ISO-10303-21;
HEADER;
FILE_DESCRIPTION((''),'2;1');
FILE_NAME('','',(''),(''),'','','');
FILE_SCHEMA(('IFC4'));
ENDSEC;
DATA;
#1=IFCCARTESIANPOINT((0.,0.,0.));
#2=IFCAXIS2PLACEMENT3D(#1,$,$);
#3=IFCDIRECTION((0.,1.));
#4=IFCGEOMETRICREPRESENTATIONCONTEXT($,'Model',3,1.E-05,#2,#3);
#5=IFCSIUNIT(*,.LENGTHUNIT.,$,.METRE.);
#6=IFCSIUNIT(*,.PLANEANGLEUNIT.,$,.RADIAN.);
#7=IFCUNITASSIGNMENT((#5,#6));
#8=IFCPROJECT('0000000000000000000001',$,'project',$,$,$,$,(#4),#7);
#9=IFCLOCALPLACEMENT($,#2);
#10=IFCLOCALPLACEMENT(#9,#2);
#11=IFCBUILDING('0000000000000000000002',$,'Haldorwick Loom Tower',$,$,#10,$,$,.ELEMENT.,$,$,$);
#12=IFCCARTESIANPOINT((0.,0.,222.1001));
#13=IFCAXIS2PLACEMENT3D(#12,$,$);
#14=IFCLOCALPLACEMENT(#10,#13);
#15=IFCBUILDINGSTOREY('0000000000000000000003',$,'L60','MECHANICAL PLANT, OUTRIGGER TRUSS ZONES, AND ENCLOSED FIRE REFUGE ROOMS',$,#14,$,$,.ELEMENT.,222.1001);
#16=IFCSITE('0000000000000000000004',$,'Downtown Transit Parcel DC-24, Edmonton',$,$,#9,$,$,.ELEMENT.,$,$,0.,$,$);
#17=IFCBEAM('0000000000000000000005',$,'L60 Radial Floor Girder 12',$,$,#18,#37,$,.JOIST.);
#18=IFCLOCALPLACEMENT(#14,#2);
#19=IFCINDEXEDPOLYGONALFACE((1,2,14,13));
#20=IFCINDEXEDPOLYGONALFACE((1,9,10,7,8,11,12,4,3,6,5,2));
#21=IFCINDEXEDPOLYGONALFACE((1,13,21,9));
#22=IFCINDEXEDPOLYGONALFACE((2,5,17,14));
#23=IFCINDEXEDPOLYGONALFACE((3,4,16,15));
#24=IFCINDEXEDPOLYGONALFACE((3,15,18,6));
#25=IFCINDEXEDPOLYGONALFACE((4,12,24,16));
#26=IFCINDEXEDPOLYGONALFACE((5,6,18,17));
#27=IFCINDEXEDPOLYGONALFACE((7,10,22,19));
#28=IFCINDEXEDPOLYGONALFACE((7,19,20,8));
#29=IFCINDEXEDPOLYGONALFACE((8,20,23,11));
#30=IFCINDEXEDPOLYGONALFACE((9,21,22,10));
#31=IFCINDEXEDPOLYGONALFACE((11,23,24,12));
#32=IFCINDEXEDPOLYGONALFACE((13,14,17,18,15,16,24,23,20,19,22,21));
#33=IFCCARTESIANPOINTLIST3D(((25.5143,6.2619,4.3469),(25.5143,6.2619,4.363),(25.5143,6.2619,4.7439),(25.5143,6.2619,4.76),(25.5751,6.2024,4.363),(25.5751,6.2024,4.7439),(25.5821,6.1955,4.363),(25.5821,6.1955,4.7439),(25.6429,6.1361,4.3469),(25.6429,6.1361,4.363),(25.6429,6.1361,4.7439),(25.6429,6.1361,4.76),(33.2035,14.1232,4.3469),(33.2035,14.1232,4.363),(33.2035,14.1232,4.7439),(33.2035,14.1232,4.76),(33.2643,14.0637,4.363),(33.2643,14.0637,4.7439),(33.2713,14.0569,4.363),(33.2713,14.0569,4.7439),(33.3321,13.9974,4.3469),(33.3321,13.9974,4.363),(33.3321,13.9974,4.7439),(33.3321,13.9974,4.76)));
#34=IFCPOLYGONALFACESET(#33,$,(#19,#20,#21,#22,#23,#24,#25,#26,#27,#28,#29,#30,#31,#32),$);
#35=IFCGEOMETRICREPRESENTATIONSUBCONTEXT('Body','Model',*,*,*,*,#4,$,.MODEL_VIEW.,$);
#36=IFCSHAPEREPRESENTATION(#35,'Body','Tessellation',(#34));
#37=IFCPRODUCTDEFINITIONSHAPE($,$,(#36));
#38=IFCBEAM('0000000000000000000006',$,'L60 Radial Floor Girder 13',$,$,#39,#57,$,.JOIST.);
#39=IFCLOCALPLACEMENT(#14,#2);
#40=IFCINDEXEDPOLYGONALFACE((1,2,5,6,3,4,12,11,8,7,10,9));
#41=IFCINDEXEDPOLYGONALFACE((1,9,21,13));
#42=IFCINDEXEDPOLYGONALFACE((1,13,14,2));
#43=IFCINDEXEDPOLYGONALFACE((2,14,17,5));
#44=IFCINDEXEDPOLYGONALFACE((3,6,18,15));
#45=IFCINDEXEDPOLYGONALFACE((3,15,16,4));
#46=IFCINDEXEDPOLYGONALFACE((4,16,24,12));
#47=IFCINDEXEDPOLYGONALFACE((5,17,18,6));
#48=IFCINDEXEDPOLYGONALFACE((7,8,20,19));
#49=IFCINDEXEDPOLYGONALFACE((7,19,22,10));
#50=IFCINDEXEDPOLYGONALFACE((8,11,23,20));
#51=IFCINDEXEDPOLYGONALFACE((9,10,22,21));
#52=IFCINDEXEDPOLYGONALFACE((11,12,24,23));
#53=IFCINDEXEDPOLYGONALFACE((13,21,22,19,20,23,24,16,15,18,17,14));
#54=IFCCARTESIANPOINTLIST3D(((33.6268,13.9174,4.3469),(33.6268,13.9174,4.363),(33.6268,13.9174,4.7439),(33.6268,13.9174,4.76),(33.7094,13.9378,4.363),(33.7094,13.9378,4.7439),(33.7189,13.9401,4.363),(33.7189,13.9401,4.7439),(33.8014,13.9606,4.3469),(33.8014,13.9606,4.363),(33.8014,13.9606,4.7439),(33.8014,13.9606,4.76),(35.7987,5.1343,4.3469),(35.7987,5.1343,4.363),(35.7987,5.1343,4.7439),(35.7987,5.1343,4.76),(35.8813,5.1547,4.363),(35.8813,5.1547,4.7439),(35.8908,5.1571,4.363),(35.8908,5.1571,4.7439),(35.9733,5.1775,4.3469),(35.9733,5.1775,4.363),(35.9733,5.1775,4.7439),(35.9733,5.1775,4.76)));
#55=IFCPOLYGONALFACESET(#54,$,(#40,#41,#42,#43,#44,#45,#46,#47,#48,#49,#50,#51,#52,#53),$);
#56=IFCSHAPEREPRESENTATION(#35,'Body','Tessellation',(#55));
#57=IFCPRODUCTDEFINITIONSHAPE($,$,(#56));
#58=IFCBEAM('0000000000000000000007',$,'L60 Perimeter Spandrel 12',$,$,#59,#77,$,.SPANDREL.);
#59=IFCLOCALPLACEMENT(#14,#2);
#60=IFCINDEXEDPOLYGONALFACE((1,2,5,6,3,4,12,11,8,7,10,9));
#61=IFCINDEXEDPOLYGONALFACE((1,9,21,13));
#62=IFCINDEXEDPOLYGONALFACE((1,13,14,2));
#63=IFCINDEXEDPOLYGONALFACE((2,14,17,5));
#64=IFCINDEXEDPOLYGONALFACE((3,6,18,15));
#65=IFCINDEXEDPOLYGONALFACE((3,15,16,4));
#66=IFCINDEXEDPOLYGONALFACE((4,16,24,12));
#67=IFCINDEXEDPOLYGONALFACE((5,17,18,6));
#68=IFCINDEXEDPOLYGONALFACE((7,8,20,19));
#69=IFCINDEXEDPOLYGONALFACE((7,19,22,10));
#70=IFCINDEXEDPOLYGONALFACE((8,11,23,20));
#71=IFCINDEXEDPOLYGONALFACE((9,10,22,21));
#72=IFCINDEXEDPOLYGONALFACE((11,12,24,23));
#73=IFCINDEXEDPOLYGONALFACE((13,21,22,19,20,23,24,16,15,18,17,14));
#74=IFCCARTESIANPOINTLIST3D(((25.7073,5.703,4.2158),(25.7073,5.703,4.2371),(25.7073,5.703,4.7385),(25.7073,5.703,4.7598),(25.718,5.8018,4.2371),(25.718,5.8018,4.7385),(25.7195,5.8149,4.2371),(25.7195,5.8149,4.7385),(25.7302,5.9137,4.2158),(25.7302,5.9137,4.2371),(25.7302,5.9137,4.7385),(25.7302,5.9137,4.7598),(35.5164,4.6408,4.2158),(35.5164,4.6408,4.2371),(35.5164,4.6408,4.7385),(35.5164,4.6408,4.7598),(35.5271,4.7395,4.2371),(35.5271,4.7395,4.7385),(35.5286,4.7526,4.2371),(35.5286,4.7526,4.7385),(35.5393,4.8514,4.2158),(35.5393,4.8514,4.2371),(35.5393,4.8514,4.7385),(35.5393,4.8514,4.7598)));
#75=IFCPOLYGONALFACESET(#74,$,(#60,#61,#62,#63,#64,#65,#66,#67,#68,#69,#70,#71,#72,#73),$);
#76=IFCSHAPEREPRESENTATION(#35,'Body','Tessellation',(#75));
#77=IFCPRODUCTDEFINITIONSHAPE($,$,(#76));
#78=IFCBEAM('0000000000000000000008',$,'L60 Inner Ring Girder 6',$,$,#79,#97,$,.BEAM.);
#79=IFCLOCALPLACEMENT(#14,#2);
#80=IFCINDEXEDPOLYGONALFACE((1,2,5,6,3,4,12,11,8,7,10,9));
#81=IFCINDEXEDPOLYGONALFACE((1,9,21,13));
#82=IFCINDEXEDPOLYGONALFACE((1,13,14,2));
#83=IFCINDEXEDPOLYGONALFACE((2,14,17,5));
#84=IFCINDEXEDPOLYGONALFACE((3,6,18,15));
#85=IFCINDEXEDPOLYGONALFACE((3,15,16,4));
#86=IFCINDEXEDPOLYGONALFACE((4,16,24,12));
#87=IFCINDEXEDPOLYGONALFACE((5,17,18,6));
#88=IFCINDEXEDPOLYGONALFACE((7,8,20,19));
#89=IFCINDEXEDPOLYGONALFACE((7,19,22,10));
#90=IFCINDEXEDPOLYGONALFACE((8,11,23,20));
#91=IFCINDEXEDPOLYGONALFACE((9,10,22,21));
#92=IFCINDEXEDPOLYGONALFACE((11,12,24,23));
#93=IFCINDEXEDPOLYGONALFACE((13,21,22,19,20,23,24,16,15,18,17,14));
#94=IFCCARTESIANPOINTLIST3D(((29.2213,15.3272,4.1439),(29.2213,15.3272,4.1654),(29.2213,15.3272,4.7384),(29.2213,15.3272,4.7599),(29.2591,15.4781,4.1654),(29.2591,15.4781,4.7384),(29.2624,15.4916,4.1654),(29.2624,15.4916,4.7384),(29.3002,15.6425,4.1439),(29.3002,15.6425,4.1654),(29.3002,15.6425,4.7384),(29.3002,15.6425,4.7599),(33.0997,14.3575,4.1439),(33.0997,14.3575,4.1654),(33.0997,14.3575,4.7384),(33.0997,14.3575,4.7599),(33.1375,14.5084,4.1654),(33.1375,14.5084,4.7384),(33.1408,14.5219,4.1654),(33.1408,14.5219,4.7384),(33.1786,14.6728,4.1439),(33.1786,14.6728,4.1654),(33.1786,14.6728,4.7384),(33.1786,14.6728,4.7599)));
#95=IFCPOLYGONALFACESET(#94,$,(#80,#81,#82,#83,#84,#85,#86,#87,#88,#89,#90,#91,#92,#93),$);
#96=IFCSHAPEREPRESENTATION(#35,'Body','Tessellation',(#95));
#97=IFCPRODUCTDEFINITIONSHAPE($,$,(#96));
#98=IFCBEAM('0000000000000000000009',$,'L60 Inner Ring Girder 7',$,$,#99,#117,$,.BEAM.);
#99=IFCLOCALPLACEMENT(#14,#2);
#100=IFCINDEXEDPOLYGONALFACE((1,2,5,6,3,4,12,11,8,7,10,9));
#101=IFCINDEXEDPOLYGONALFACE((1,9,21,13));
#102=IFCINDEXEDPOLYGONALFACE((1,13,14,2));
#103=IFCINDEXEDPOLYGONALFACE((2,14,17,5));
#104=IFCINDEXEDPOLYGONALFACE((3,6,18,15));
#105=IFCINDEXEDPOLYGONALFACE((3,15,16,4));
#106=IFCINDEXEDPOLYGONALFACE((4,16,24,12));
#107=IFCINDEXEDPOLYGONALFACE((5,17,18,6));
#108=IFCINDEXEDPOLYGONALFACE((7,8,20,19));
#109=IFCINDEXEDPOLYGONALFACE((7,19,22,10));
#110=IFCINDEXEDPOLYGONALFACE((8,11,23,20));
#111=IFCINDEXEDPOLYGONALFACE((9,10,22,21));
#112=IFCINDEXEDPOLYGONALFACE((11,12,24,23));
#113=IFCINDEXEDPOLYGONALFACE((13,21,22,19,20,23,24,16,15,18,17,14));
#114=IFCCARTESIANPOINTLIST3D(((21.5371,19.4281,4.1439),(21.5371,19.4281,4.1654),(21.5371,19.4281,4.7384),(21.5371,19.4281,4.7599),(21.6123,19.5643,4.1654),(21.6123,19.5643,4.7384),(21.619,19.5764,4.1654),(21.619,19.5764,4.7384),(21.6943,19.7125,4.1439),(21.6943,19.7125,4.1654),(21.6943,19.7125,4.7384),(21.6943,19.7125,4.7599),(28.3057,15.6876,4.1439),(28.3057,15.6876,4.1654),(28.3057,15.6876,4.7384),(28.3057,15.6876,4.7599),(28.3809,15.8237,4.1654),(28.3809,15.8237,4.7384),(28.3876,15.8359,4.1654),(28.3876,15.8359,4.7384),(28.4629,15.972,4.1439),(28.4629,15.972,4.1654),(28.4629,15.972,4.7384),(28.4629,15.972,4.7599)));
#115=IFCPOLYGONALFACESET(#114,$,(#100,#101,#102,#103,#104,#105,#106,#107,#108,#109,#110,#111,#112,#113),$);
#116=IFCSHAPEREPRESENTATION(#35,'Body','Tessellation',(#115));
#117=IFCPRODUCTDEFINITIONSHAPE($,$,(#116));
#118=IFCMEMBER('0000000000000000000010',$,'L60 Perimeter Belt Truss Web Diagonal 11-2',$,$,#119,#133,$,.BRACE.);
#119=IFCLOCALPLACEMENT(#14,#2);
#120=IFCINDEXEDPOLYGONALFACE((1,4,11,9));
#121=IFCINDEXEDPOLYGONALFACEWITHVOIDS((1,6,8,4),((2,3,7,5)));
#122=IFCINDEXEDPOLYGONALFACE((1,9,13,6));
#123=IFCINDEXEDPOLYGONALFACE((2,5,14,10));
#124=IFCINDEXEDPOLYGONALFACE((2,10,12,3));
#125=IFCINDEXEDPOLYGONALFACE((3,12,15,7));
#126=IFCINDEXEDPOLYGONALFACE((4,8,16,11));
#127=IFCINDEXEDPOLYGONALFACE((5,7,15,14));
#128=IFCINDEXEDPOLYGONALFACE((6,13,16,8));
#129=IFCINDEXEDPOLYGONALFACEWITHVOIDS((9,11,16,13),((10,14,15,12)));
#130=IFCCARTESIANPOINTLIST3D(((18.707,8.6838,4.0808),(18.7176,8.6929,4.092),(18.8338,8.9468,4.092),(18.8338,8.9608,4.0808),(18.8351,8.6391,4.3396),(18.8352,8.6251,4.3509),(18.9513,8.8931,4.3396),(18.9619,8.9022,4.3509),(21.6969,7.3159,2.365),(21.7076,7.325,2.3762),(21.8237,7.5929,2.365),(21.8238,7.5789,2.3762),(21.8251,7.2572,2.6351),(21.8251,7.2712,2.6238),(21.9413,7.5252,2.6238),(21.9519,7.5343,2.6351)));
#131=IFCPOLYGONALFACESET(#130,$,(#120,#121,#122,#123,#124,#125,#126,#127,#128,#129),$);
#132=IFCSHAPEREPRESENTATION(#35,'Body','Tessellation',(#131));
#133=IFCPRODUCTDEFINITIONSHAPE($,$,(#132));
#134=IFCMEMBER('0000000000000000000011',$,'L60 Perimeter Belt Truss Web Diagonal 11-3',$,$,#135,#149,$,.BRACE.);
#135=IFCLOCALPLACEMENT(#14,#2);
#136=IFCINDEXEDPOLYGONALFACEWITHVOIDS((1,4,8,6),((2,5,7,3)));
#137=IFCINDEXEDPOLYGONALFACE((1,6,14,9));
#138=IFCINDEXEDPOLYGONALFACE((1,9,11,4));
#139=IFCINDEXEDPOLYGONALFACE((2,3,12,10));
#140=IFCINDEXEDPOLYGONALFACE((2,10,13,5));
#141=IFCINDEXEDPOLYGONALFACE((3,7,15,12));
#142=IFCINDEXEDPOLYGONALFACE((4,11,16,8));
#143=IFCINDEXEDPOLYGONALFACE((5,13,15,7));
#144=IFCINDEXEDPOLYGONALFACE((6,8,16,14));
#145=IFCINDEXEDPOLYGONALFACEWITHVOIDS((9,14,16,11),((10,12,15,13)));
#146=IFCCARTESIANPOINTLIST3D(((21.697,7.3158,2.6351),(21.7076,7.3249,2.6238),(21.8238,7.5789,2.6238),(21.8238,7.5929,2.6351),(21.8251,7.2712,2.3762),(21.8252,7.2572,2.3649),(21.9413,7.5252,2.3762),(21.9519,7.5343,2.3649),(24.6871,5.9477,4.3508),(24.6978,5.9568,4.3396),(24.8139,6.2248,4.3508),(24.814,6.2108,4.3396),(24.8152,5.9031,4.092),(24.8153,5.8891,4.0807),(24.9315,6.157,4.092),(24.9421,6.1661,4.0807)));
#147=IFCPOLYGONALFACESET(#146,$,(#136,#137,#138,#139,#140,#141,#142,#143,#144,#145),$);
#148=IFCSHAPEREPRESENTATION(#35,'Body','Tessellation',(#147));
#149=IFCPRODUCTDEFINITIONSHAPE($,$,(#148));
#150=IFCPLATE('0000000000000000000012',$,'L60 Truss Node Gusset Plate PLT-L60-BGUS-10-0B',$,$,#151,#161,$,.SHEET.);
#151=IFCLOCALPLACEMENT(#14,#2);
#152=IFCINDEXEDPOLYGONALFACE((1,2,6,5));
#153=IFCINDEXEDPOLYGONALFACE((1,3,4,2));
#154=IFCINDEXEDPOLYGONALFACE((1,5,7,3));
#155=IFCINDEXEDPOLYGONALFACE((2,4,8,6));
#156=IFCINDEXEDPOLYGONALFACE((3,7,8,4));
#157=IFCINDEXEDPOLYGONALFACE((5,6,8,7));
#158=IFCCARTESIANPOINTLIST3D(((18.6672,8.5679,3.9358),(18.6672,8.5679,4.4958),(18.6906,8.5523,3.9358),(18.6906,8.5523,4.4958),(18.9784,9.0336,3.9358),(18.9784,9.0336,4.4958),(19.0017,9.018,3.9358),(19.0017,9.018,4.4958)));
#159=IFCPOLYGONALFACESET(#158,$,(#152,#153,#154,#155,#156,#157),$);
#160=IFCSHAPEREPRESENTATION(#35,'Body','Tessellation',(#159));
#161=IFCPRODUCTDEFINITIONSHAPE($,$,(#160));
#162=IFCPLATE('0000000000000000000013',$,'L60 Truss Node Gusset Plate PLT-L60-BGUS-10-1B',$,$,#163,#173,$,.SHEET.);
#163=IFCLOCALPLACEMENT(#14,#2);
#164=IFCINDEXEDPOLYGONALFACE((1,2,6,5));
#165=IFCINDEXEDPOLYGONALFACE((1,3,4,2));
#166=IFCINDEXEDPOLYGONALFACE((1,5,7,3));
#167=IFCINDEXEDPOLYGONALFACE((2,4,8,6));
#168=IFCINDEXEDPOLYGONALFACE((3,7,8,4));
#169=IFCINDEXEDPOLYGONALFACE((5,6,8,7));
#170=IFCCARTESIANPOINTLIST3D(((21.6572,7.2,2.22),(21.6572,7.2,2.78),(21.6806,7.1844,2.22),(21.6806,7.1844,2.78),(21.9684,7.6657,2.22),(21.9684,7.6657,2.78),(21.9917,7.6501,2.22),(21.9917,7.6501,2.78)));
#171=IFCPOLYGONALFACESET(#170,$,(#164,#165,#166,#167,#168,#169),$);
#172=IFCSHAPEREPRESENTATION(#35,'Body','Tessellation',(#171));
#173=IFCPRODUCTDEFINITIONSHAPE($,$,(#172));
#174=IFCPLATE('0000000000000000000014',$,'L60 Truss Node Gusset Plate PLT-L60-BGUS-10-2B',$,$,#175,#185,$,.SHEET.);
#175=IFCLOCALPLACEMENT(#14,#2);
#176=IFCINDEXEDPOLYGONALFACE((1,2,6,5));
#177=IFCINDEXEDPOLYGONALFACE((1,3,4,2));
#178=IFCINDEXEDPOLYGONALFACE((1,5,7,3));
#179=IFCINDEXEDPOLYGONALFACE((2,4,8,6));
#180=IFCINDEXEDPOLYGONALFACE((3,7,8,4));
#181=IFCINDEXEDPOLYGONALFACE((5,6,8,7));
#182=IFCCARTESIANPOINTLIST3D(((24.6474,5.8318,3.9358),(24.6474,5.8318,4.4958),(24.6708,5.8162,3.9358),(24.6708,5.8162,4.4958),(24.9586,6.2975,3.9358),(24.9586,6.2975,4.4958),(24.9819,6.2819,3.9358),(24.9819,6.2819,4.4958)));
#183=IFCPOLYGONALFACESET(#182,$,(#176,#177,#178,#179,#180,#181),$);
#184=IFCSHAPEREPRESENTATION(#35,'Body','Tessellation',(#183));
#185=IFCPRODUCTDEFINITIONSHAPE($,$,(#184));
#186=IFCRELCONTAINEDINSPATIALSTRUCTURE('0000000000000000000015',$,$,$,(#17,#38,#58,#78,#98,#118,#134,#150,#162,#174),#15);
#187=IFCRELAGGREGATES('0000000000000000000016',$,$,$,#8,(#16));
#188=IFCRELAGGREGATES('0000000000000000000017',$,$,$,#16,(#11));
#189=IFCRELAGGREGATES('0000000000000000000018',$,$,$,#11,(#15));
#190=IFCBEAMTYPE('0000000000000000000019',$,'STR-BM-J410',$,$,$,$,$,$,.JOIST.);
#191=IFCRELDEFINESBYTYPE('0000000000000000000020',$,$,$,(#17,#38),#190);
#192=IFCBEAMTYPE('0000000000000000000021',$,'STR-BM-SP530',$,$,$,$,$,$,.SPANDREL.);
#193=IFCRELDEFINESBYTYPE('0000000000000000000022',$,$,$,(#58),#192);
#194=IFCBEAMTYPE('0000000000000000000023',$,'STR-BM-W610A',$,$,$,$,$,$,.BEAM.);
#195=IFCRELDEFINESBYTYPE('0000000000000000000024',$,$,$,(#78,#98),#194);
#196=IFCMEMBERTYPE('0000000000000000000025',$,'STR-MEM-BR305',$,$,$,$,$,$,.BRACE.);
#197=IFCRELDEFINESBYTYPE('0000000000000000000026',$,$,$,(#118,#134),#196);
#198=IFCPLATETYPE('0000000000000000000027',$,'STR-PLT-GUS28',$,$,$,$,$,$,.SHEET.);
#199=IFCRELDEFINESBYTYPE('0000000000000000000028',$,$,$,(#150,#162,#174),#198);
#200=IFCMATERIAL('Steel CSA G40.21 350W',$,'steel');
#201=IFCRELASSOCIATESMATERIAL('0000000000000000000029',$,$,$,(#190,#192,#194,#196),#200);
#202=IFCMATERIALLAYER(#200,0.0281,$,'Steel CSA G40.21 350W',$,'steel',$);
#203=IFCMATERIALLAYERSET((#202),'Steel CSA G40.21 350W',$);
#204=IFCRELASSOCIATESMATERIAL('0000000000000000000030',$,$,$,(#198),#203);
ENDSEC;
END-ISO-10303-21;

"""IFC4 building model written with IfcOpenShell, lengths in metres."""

from ifc_helpers import new_model, si_unit, direction, frame, origin, origin_2d, place, context, subcontext, project, spatial, rectangle, hollow_rectangle, i_section, extrude, material, layer, layer_set, material_profile, profile_set, type_object, element, save


model = new_model("IFC4")

# Units and contexts
model_context = context("Model", 3, precision=1e-05, world=origin(), true_north=direction((0.0, 1.0)))
body_context = subcontext(model_context, "Body", "Model", "MODEL_VIEW")
ifc_project = project(units=[si_unit("LENGTHUNIT", "METRE"), si_unit("PLANEANGLEUNIT", "RADIAN")], contexts=[model_context])

# Site, building, storey
site_placement = place(None, origin())
site = spatial("IfcSite", under=ifc_project, at=site_placement, Name="Downtown Transit Parcel DC-24, Edmonton", CompositionType="ELEMENT", RefElevation=0.0)
building_placement = place(site_placement, origin())
building = spatial("IfcBuilding", under=site, at=building_placement, Name="Haldorwick Loom Tower", CompositionType="ELEMENT")
storey_placement = place(building_placement, frame((0.0, 0.0, 222.1001)))
storey = spatial("IfcBuildingStorey", under=building, at=storey_placement, Name="L60", Description="MECHANICAL PLANT, OUTRIGGER TRUSS ZONES, AND ENCLOSED FIRE REFUGE ROOMS", CompositionType="ELEMENT", Elevation=222.1001)

# Beams
ifc_material_1 = material(Name="Steel CSA G40.21 350W", Category="steel")
ifc_material_profile_1 = material_profile(ifc_material_1, i_section(OverallWidth=0.1799, OverallDepth=0.4131, WebThickness=0.0098, FlangeThickness=0.0161, at=origin_2d()), Name="W410X74", Category="steel")
ifc_profile_set_1 = profile_set([ifc_material_profile_1], Name="Steel CSA G40.21 350W")
beam_type_1 = type_object("IfcBeamType", Name="STR-BM-J410", PredefinedType="JOIST", material=ifc_profile_set_1)
beam_1_placement = place(storey_placement, frame((33.2678, 14.0603, 4.5535), z_axis=(-0.699237, -0.71489, 0.0), x_axis=(0.71489, -0.699237, 0.0)))
element("IfcBeam", 1, at=beam_1_placement, inside=storey, type_object=beam_type_1, Name="L60 Radial Floor Girder 12", PredefinedType="JOIST", context=body_context, shape_type="SweptSolid", body=[
    extrude(i_section(OverallWidth=0.1799, OverallDepth=0.4131, WebThickness=0.0098, FlangeThickness=0.0161, at=origin_2d()), origin(), (0.0, 0.0, 1.0), 10.9966),
])
beam_2_placement = place(storey_placement, frame((33.7141, 13.939, 4.5535), z_axis=(0.240052, -0.97076, 0.0), x_axis=(0.97076, 0.240052, 0.0)))
element("IfcBeam", 2, at=beam_2_placement, inside=storey, type_object=beam_type_1, Name="L60 Radial Floor Girder 13", PredefinedType="JOIST", context=body_context, shape_type="SweptSolid", body=[
    extrude(i_section(OverallWidth=0.1799, OverallDepth=0.4131, WebThickness=0.0098, FlangeThickness=0.0161, at=origin_2d()), origin(), (0.0, 0.0, 1.0), 9.0476),
])
ifc_material_profile_2 = material_profile(ifc_material_1, i_section(OverallWidth=0.2119, OverallDepth=0.5439, WebThickness=0.0132, FlangeThickness=0.0212, at=origin_2d()), Name="W530X123", Category="steel")
ifc_profile_set_2 = profile_set([ifc_material_profile_2], Name="Steel CSA G40.21 350W")
beam_type_2 = type_object("IfcBeamType", Name="STR-BM-SP530", PredefinedType="SPANDREL", material=ifc_profile_set_2)
beam_3_placement = place(storey_placement, frame((25.7188, 5.8083, 4.4878), z_axis=(0.994187, -0.107664, 0.0), x_axis=(0.107664, 0.994187, 0.0)))
element("IfcBeam", 3, at=beam_3_placement, inside=storey, type_object=beam_type_2, Name="L60 Perimeter Spandrel 12", PredefinedType="SPANDREL", context=body_context, shape_type="SweptSolid", body=[
    extrude(i_section(OverallWidth=0.2119, OverallDepth=0.5439, WebThickness=0.0132, FlangeThickness=0.0212, at=origin_2d()), origin(), (0.0, 0.0, 1.0), 9.8665),
])
ifc_material_profile_3 = material_profile(ifc_material_1, i_section(OverallWidth=0.325, OverallDepth=0.616, WebThickness=0.0139, FlangeThickness=0.0215, at=origin_2d()), Name="W610X174", Category="steel")
ifc_profile_set_3 = profile_set([ifc_material_profile_3], Name="Steel CSA G40.21 350W")
beam_type_3 = type_object("IfcBeamType", Name="STR-BM-W610A", PredefinedType="BEAM", material=ifc_profile_set_3)
beam_4_placement = place(storey_placement, frame((33.1392, 14.5151, 4.4519), z_axis=(-0.970135, 0.242564, 0.0), x_axis=(-0.242564, -0.970135, 0.0)))
element("IfcBeam", 4, at=beam_4_placement, inside=storey, type_object=beam_type_3, Name="L60 Inner Ring Girder 6", PredefinedType="BEAM", context=body_context, shape_type="SweptSolid", body=[
    extrude(i_section(OverallWidth=0.325, OverallDepth=0.616, WebThickness=0.0139, FlangeThickness=0.0215, at=origin_2d()), origin(), (0.0, 0.0, 1.0), 3.9978),
])
beam_5_placement = place(storey_placement, frame((28.3843, 15.8298, 4.4519), z_axis=(-0.875244, 0.483682, 0.0), x_axis=(-0.483682, -0.875244, 0.0)))
element("IfcBeam", 5, at=beam_5_placement, inside=storey, type_object=beam_type_3, Name="L60 Inner Ring Girder 7", PredefinedType="BEAM", context=body_context, shape_type="SweptSolid", body=[
    extrude(i_section(OverallWidth=0.325, OverallDepth=0.616, WebThickness=0.0139, FlangeThickness=0.0215, at=origin_2d()), origin(), (0.0, 0.0, 1.0), 7.7334),
])

# Members
ifc_material_profile_4 = material_profile(ifc_material_1, hollow_rectangle(XDim=0.3047, YDim=0.3047, WallThickness=0.0127, at=origin_2d()), Name="HSS305X305X13", Category="steel")
ifc_profile_set_4 = profile_set([ifc_material_profile_4], Name="Steel CSA G40.21 350W")
member_type = type_object("IfcMemberType", Name="STR-MEM-BR305", PredefinedType="BRACE", material=ifc_profile_set_4)
member_1_placement = place(storey_placement, frame((18.8345, 8.793, 4.2158), z_axis=(0.806185, -0.36883, -0.462633), x_axis=(0.416028, 0.909352, 0.0)))
element("IfcMember", 6, at=member_1_placement, inside=storey, type_object=member_type, Name="L60 Perimeter Belt Truss Web Diagonal 11-2", PredefinedType="BRACE", context=body_context, shape_type="SweptSolid", body=[
    extrude(hollow_rectangle(XDim=0.3047, YDim=0.3047, WallThickness=0.0127, at=origin_2d()), origin(), (0.0, 0.0, 1.0), 3.7087),
])
member_2_placement = place(storey_placement, frame((21.8245, 7.425, 2.5), z_axis=(0.806189, -0.368867, 0.462598), x_axis=(0.416062, 0.909336, 0.0)))
element("IfcMember", 7, at=member_2_placement, inside=storey, type_object=member_type, Name="L60 Perimeter Belt Truss Web Diagonal 11-3", PredefinedType="BRACE", context=body_context, shape_type="SweptSolid", body=[
    extrude(hollow_rectangle(XDim=0.3047, YDim=0.3047, WallThickness=0.0127, at=origin_2d()), origin(), (0.0, 0.0, 1.0), 3.709),
])

# Plates
ifc_layer_1 = layer(ifc_material_1, 0.0281, Name="Steel CSA G40.21 350W", Category="steel")
ifc_layer_set_1 = layer_set([ifc_layer_1], Name="Steel CSA G40.21 350W")
plate_type = type_object("IfcPlateType", Name="STR-PLT-GUS28", PredefinedType="SHEET", material=ifc_layer_set_1)
for number, where, z_axis, x_axis, name in (
    (8, (18.8345, 8.793, 3.9358), (0.0, 0.0, 1.0), (-0.55557, -0.83147, 0.0), "L60 Truss Node Gusset Plate PLT-L60-BGUS-10-0B"),
    (9, (21.8245, 7.425, 2.22), (0.0, 0.0, 1.0), (-0.55557, -0.83147, 0.0), "L60 Truss Node Gusset Plate PLT-L60-BGUS-10-1B"),
    (10, (24.8147, 6.0569, 3.9358), (0.0, 0.0, 1.0), (-0.55557, -0.83147, 0.0), "L60 Truss Node Gusset Plate PLT-L60-BGUS-10-2B"),
):
    element("IfcPlate", number, at=place(storey_placement, frame(where, z_axis=z_axis, x_axis=x_axis)), inside=storey, type_object=plate_type, Name=name, PredefinedType="SHEET", context=body_context, shape_type="SweptSolid", body=[
        extrude(rectangle(XDim=0.5601, YDim=0.0281, at=origin_2d()), origin(), (0.0, 0.0, 1.0), 0.5601),
    ])

save(model, "model.ifc")
